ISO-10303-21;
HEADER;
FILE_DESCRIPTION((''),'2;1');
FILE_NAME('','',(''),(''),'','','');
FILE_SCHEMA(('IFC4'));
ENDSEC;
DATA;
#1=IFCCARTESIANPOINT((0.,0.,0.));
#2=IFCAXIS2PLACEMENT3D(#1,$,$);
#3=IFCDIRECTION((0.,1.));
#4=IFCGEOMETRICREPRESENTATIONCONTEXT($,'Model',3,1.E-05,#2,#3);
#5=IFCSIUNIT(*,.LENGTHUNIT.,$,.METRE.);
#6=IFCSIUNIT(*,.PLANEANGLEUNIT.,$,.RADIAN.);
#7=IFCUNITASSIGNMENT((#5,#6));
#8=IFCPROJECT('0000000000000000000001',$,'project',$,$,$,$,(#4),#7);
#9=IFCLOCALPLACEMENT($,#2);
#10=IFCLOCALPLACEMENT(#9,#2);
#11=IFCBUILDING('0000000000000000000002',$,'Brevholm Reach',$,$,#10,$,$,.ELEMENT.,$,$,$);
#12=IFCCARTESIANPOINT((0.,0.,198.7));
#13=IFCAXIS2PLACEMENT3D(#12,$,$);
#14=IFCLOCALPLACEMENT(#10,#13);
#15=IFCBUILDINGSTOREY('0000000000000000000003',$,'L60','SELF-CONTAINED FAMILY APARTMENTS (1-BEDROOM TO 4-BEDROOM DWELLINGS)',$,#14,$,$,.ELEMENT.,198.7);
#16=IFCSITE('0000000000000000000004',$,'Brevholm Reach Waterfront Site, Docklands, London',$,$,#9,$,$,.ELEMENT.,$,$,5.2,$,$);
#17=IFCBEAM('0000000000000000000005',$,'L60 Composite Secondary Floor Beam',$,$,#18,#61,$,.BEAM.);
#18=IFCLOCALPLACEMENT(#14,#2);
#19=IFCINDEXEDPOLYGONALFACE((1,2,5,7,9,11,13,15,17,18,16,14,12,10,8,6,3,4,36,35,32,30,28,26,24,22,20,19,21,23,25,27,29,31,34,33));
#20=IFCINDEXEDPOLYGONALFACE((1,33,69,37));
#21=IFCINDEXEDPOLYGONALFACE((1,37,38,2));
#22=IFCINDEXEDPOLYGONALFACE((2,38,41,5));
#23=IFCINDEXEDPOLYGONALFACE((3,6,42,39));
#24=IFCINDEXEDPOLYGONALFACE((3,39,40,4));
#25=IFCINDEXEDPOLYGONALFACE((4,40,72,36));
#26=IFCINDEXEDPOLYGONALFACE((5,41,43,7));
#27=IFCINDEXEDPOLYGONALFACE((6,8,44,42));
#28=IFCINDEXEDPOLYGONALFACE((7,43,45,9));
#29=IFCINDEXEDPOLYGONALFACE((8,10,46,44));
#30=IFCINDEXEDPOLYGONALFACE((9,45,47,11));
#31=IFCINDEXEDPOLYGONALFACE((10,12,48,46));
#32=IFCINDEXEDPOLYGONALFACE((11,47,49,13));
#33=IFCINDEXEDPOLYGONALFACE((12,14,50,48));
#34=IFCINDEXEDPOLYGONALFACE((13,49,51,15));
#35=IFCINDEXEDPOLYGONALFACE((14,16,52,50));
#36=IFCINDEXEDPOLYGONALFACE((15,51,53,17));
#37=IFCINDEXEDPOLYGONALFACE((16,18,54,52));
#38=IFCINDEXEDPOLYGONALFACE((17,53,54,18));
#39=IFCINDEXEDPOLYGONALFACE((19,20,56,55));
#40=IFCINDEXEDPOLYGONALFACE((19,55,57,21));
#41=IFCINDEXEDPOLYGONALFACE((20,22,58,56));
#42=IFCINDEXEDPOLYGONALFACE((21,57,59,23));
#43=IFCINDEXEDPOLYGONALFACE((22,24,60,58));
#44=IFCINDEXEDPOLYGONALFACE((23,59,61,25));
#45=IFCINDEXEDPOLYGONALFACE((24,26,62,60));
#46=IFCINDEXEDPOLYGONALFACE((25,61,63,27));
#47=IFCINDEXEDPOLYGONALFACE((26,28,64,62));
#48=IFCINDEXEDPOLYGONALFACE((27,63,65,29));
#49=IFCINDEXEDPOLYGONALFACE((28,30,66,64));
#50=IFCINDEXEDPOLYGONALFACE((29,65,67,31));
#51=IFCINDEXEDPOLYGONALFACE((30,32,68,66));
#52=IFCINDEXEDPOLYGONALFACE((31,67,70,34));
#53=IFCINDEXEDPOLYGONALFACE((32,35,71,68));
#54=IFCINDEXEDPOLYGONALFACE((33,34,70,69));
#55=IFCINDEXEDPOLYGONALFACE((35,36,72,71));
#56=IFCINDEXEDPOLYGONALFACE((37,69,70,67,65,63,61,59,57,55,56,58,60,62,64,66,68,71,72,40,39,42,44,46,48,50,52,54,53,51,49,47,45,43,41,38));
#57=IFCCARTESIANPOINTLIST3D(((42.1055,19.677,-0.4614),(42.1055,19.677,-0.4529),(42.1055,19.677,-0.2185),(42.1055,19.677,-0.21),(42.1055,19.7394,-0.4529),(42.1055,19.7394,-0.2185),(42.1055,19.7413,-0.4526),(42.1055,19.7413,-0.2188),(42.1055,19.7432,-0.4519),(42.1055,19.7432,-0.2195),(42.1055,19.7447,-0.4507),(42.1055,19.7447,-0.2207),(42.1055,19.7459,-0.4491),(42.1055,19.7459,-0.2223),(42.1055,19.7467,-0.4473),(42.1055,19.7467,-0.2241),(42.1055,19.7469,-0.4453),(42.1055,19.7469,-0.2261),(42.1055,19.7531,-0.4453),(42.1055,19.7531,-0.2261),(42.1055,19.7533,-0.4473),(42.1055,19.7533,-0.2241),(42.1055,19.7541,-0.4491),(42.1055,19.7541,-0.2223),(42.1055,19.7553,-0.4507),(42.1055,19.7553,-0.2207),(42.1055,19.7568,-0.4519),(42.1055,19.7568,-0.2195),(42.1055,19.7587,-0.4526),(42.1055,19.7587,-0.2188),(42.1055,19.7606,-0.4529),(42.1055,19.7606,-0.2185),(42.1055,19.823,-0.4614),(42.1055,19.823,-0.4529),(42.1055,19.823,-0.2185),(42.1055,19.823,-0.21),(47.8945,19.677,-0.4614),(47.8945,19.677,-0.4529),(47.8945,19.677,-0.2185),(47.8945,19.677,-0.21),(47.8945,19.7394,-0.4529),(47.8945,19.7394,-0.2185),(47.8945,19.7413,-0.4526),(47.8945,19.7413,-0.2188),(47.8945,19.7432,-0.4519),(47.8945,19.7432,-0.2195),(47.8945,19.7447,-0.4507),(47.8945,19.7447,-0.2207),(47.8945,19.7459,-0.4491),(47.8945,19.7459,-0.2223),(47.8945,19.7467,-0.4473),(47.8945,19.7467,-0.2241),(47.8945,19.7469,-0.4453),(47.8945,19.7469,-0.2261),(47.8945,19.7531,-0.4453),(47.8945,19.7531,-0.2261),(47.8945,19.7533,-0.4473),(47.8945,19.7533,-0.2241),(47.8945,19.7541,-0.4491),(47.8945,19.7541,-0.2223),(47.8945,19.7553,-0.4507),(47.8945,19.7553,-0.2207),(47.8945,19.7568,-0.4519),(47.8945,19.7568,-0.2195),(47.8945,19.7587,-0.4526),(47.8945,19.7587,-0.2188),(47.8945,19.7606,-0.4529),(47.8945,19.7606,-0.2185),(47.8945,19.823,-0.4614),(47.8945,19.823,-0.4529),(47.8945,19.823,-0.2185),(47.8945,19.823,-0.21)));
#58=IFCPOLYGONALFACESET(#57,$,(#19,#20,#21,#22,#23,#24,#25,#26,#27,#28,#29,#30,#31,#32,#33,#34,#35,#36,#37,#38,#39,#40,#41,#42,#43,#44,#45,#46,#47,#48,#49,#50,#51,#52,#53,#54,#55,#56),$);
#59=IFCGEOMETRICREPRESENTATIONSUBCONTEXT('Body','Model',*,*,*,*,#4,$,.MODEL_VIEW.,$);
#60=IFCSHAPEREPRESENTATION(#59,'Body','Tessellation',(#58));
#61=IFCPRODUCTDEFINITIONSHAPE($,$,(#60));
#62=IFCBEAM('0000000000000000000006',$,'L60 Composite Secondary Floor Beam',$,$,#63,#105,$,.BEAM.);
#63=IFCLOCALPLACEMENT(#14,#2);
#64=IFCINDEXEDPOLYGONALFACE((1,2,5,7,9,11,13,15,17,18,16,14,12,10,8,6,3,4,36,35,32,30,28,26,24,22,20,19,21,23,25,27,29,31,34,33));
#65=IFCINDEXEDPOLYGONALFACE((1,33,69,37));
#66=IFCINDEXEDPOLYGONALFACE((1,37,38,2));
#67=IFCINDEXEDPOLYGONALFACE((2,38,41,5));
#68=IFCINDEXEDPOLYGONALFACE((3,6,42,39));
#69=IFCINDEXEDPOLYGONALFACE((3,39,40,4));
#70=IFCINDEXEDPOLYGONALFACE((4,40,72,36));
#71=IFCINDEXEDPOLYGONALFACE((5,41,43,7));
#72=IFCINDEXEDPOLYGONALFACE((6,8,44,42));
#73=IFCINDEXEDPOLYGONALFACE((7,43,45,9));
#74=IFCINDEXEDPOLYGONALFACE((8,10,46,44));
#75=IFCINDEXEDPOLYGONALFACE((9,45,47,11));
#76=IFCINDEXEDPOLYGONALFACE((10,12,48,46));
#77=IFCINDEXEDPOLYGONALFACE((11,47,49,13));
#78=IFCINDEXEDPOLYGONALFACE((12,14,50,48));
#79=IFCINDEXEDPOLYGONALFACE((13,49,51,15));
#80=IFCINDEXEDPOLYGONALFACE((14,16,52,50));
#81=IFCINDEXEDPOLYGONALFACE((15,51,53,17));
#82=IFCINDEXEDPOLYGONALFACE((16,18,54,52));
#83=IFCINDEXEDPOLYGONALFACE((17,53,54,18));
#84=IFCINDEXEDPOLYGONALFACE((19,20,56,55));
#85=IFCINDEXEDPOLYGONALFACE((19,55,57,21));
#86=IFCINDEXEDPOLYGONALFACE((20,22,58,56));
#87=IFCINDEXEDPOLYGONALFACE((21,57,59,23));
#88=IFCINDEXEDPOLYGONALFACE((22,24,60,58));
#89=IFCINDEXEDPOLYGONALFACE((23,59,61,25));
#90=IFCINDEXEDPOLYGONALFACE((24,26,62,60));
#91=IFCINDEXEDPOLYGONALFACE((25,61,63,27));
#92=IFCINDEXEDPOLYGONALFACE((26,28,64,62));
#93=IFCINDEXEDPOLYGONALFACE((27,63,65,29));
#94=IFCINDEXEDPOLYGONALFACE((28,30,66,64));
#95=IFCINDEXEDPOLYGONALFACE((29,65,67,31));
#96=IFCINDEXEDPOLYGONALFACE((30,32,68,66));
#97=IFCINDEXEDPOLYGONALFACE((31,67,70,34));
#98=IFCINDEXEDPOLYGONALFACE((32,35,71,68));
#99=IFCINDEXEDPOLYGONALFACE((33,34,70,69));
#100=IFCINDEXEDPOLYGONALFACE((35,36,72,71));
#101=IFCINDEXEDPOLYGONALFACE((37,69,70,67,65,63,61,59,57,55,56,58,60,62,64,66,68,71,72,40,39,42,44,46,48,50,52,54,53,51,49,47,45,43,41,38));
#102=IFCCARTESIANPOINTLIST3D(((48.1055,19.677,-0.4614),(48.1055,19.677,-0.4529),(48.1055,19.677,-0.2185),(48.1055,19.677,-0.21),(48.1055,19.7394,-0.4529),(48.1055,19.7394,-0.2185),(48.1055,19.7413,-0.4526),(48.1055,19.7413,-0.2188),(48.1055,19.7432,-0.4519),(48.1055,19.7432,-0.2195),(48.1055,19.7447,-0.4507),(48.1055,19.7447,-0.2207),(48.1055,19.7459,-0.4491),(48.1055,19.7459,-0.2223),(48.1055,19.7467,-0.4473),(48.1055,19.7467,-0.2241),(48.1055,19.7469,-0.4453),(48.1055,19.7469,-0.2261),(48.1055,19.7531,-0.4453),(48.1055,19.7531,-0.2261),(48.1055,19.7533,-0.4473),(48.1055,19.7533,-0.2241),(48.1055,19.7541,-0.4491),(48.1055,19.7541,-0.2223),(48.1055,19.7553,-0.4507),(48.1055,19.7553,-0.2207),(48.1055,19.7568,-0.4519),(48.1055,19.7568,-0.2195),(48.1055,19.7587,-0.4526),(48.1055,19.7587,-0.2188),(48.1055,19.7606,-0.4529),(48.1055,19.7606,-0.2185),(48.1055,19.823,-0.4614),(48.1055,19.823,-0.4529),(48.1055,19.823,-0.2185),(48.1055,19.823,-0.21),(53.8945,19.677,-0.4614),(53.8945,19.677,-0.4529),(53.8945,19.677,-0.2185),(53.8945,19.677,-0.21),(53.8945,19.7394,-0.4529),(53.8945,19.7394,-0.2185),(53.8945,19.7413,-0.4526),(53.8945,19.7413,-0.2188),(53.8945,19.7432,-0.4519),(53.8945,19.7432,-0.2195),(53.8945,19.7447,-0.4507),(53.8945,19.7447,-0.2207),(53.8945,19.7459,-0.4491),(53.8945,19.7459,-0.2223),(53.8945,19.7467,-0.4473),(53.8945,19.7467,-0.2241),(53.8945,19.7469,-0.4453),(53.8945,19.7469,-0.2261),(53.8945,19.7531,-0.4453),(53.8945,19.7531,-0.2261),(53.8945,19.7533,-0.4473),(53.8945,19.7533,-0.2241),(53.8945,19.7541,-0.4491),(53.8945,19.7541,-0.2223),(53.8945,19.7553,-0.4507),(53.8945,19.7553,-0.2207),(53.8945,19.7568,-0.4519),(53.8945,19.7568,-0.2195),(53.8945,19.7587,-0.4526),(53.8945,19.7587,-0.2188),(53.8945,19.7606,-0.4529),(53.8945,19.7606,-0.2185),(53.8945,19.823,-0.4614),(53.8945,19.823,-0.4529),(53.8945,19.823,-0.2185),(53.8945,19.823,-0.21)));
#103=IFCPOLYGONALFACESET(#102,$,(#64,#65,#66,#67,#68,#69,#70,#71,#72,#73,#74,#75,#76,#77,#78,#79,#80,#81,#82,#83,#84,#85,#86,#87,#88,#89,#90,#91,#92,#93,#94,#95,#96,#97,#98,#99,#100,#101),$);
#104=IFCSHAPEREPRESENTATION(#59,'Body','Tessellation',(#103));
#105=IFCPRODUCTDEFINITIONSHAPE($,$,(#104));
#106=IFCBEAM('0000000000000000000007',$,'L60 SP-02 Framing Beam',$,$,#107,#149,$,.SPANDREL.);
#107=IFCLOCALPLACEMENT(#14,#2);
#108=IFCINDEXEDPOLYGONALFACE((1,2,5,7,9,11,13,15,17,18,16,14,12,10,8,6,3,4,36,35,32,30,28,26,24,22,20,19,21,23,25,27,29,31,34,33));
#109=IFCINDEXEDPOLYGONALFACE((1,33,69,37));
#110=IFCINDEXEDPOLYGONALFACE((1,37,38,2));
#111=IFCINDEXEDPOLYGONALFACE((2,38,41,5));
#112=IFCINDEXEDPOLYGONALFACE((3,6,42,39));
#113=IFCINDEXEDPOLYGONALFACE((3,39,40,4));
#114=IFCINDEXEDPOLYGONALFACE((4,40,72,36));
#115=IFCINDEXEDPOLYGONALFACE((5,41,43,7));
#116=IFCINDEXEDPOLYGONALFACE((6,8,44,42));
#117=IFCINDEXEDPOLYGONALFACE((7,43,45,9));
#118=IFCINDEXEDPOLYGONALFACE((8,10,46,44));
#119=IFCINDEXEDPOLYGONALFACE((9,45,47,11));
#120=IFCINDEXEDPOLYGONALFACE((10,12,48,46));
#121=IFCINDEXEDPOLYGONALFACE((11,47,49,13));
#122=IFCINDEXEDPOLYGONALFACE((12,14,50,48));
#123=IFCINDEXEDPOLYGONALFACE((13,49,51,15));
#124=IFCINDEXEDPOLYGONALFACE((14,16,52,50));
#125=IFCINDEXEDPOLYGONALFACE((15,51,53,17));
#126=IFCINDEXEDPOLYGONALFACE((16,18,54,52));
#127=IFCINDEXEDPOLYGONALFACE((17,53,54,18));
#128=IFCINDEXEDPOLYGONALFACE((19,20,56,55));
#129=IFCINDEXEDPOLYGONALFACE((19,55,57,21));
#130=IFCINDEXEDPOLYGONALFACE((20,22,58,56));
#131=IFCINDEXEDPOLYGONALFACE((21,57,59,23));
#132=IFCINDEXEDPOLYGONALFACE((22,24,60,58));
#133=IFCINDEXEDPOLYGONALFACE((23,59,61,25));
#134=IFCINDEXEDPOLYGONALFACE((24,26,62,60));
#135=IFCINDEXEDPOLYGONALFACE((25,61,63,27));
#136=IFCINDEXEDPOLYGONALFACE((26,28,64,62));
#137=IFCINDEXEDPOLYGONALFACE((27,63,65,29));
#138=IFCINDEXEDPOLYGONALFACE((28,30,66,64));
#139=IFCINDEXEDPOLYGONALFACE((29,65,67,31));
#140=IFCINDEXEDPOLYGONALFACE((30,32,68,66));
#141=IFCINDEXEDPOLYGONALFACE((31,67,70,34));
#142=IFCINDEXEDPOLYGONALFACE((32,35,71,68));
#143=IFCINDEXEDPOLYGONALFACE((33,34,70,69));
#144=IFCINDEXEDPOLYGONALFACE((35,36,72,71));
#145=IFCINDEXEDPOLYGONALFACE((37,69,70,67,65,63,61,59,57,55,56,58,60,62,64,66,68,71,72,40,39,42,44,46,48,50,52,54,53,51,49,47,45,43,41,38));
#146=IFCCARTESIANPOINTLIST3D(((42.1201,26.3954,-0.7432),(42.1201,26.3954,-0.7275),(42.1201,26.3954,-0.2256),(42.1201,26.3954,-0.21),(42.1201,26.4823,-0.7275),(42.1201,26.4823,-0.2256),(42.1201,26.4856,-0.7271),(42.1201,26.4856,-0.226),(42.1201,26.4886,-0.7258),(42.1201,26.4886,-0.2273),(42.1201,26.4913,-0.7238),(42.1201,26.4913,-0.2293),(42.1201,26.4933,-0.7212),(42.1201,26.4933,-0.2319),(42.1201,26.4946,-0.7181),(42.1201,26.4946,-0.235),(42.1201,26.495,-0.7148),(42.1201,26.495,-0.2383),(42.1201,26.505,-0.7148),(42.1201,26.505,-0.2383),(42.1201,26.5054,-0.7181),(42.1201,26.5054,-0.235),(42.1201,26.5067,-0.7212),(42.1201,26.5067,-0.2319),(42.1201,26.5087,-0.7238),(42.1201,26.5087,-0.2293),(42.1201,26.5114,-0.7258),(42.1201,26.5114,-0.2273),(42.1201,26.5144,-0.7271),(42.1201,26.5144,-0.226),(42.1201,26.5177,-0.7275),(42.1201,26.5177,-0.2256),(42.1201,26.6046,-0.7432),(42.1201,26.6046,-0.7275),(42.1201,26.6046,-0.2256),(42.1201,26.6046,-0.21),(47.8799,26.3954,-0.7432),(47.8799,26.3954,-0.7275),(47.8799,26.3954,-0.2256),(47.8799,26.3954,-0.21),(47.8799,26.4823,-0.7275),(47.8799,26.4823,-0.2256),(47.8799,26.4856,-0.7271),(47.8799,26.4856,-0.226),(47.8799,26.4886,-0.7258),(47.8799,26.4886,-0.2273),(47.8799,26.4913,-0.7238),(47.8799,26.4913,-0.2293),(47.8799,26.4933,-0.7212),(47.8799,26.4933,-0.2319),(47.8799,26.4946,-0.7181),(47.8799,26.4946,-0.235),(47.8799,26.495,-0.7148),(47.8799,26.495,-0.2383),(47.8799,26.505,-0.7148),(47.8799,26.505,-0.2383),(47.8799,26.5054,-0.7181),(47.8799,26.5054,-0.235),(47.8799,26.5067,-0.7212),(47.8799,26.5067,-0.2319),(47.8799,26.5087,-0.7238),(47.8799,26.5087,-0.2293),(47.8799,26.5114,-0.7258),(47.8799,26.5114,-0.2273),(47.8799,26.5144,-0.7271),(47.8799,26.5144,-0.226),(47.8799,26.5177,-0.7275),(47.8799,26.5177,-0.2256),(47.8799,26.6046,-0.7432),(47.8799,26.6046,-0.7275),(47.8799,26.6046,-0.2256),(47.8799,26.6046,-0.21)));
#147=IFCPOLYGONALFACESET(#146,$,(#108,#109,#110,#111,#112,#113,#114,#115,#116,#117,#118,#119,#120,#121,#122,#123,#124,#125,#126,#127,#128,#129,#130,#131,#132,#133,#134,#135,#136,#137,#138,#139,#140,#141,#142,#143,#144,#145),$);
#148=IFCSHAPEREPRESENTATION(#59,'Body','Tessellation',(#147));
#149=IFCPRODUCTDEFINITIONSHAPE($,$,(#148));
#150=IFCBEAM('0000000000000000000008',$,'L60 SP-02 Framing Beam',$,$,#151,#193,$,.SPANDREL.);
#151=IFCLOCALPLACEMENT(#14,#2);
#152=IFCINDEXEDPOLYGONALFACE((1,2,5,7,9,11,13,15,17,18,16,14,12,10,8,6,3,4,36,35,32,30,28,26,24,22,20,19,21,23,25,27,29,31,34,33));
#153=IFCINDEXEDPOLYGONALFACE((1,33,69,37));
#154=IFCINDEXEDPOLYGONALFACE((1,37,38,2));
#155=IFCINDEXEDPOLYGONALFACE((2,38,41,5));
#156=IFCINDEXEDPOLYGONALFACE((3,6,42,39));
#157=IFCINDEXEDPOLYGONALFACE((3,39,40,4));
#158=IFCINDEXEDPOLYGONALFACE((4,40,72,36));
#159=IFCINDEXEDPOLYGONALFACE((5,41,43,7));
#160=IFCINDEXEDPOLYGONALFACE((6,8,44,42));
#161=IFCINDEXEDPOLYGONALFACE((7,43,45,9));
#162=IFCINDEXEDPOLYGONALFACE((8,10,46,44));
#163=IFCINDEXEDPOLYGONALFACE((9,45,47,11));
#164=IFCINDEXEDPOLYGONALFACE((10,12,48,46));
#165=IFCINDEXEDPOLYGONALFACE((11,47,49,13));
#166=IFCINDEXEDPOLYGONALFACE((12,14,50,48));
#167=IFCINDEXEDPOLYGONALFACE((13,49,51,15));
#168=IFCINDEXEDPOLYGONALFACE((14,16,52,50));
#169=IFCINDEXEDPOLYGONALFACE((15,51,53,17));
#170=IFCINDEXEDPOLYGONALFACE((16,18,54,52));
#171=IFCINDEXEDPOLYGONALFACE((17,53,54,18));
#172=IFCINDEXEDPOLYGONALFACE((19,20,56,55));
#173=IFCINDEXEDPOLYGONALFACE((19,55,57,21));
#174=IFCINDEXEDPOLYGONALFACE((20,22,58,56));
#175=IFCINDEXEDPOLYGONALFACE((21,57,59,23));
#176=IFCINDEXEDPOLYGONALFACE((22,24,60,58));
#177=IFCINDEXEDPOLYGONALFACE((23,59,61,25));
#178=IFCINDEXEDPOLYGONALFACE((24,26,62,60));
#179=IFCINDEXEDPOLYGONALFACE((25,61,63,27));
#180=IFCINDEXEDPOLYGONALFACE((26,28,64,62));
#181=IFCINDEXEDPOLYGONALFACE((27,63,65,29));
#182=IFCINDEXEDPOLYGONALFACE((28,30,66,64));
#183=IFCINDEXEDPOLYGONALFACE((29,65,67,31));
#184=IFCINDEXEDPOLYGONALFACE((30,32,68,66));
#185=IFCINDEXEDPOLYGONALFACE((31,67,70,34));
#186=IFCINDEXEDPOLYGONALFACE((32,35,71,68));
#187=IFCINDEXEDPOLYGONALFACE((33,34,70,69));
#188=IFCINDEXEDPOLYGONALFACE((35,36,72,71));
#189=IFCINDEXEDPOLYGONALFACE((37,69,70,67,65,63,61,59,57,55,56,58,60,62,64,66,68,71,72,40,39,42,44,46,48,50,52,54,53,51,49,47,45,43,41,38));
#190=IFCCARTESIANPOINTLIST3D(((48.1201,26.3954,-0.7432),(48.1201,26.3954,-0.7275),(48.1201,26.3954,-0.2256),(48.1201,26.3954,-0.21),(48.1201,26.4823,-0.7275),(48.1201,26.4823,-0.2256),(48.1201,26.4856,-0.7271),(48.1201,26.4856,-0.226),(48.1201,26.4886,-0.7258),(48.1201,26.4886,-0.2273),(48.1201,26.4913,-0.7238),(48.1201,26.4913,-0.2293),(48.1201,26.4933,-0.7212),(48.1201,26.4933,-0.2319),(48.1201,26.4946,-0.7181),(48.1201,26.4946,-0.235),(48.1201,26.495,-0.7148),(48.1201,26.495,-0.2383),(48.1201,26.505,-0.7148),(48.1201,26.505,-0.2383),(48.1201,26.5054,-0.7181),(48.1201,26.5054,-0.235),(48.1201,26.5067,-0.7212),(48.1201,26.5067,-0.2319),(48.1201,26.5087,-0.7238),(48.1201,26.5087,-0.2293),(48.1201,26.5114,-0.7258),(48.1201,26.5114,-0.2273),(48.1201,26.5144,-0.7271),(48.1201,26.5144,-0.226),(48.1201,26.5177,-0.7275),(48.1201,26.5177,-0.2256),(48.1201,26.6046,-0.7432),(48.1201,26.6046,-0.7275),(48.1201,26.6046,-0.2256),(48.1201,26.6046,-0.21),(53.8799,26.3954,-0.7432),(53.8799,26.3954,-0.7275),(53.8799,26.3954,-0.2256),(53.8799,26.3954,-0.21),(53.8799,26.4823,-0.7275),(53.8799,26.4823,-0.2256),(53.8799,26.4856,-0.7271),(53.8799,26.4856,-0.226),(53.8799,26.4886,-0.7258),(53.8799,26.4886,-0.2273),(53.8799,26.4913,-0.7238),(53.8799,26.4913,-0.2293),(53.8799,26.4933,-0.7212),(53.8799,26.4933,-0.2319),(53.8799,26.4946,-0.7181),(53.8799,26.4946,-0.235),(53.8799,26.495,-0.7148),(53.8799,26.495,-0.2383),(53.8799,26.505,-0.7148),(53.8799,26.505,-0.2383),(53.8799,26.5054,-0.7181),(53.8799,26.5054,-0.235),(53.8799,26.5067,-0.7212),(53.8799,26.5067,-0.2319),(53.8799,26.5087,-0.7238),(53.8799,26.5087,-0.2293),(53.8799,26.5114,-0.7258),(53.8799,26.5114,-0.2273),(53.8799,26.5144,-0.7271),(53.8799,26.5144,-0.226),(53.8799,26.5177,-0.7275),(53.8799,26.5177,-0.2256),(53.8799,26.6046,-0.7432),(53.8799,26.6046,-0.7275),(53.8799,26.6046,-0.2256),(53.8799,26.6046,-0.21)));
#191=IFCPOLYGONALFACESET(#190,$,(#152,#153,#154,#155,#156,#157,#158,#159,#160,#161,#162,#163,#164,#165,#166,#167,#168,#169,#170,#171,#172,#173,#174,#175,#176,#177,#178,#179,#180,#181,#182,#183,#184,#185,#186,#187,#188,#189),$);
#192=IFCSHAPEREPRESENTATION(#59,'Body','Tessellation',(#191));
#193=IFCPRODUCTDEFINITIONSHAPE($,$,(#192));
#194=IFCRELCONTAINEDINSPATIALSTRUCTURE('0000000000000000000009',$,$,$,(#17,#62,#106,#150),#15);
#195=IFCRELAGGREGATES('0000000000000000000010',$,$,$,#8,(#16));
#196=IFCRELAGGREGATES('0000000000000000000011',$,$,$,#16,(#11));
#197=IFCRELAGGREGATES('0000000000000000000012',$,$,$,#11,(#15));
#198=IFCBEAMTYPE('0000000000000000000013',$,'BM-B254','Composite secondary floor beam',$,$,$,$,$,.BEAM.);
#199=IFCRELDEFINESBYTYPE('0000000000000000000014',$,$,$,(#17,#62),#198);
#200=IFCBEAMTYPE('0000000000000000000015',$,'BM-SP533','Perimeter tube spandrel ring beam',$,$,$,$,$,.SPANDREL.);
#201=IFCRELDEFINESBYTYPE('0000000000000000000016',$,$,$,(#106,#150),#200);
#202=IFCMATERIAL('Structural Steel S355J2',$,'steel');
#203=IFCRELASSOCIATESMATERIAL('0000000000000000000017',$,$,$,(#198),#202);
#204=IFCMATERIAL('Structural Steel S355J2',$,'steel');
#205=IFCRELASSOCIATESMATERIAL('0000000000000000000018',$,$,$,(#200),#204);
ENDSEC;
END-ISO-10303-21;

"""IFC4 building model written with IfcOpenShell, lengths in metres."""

from ifc_helpers import new_model, si_unit, direction, frame, origin, origin_2d, place, context, subcontext, project, spatial, i_section, extrude, material, material_profile, profile_set, type_object, element, save


model = new_model("IFC4")

# Units and contexts
model_context = context("Model", 3, precision=1e-05, world=origin(), true_north=direction((0.0, 1.0)))
body_context = subcontext(model_context, "Body", "Model", "MODEL_VIEW")
ifc_project = project(units=[si_unit("LENGTHUNIT", "METRE"), si_unit("PLANEANGLEUNIT", "RADIAN")], contexts=[model_context])

# Site, building, storey
site_placement = place(None, origin())
site = spatial("IfcSite", under=ifc_project, at=site_placement, Name="Brevholm Reach Waterfront Site, Docklands, London", CompositionType="ELEMENT", RefElevation=5.2)
building_placement = place(site_placement, origin())
building = spatial("IfcBuilding", under=site, at=building_placement, Name="Brevholm Reach", CompositionType="ELEMENT")
storey_placement = place(building_placement, frame((0.0, 0.0, 198.7)))
storey = spatial("IfcBuildingStorey", under=building, at=storey_placement, Name="L60", Description="SELF-CONTAINED FAMILY APARTMENTS (1-BEDROOM TO 4-BEDROOM DWELLINGS)", CompositionType="ELEMENT", Elevation=198.7)

# Beams
ifc_material_1 = material(Name="Structural Steel S355J2", Category="steel")
ifc_material_profile_1 = material_profile(ifc_material_1, i_section(OverallWidth=0.146, OverallDepth=0.2515, WebThickness=0.0061, FlangeThickness=0.0085, FilletRadius=0.0076, at=origin_2d()), Name="UKB 254x146x31")
ifc_profile_set_1 = profile_set([ifc_material_profile_1], Name="Structural Steel S355J2")
beam_type_1 = type_object("IfcBeamType", Name="BM-B254", Description="Composite secondary floor beam", PredefinedType="BEAM", material=ifc_profile_set_1)
for number, where, z_axis, x_axis, name in (
    (1, (42.1055, 19.75, -0.3357), (1.0, 0.0, 0.0), (0.0, 1.0, 0.0), "L60 Composite Secondary Floor Beam"),
    (2, (48.1055, 19.75, -0.3357), (1.0, 0.0, 0.0), (0.0, 1.0, 0.0), "L60 Composite Secondary Floor Beam"),
):
    element("IfcBeam", number, at=place(storey_placement, frame(where, z_axis=z_axis, x_axis=x_axis)), inside=storey, type_object=beam_type_1, Name=name, PredefinedType="BEAM", context=body_context, shape_type="SweptSolid", body=[
        extrude(i_section(OverallWidth=0.146, OverallDepth=0.2515, WebThickness=0.0061, FlangeThickness=0.0085, FilletRadius=0.0076, at=origin_2d()), origin(), (0.0, 0.0, 1.0), 5.7891),
    ])
ifc_material_2 = material(Name="Structural Steel S355J2", Category="steel")
ifc_material_profile_2 = material_profile(ifc_material_2, i_section(OverallWidth=0.2092, OverallDepth=0.5332, WebThickness=0.01, FlangeThickness=0.0156, FilletRadius=0.0127, at=origin_2d()), Name="UKB 533x210x92")
ifc_profile_set_2 = profile_set([ifc_material_profile_2], Name="Structural Steel S355J2")
beam_type_2 = type_object("IfcBeamType", Name="BM-SP533", Description="Perimeter tube spandrel ring beam", PredefinedType="SPANDREL", material=ifc_profile_set_2)
for number, where, z_axis, x_axis, name in (
    (3, (42.1201, 26.5, -0.4766), (1.0, 0.0, 0.0), (0.0, 1.0, 0.0), "L60 SP-02 Framing Beam"),
    (4, (48.1201, 26.5, -0.4766), (1.0, 0.0, 0.0), (0.0, 1.0, 0.0), "L60 SP-02 Framing Beam"),
):
    element("IfcBeam", number, at=place(storey_placement, frame(where, z_axis=z_axis, x_axis=x_axis)), inside=storey, type_object=beam_type_2, Name=name, PredefinedType="SPANDREL", context=body_context, shape_type="SweptSolid", body=[
        extrude(i_section(OverallWidth=0.2092, OverallDepth=0.5332, WebThickness=0.01, FlangeThickness=0.0156, FilletRadius=0.0127, at=origin_2d()), origin(), (0.0, 0.0, 1.0), 5.7598),
    ])

save(model, "model.ifc")
